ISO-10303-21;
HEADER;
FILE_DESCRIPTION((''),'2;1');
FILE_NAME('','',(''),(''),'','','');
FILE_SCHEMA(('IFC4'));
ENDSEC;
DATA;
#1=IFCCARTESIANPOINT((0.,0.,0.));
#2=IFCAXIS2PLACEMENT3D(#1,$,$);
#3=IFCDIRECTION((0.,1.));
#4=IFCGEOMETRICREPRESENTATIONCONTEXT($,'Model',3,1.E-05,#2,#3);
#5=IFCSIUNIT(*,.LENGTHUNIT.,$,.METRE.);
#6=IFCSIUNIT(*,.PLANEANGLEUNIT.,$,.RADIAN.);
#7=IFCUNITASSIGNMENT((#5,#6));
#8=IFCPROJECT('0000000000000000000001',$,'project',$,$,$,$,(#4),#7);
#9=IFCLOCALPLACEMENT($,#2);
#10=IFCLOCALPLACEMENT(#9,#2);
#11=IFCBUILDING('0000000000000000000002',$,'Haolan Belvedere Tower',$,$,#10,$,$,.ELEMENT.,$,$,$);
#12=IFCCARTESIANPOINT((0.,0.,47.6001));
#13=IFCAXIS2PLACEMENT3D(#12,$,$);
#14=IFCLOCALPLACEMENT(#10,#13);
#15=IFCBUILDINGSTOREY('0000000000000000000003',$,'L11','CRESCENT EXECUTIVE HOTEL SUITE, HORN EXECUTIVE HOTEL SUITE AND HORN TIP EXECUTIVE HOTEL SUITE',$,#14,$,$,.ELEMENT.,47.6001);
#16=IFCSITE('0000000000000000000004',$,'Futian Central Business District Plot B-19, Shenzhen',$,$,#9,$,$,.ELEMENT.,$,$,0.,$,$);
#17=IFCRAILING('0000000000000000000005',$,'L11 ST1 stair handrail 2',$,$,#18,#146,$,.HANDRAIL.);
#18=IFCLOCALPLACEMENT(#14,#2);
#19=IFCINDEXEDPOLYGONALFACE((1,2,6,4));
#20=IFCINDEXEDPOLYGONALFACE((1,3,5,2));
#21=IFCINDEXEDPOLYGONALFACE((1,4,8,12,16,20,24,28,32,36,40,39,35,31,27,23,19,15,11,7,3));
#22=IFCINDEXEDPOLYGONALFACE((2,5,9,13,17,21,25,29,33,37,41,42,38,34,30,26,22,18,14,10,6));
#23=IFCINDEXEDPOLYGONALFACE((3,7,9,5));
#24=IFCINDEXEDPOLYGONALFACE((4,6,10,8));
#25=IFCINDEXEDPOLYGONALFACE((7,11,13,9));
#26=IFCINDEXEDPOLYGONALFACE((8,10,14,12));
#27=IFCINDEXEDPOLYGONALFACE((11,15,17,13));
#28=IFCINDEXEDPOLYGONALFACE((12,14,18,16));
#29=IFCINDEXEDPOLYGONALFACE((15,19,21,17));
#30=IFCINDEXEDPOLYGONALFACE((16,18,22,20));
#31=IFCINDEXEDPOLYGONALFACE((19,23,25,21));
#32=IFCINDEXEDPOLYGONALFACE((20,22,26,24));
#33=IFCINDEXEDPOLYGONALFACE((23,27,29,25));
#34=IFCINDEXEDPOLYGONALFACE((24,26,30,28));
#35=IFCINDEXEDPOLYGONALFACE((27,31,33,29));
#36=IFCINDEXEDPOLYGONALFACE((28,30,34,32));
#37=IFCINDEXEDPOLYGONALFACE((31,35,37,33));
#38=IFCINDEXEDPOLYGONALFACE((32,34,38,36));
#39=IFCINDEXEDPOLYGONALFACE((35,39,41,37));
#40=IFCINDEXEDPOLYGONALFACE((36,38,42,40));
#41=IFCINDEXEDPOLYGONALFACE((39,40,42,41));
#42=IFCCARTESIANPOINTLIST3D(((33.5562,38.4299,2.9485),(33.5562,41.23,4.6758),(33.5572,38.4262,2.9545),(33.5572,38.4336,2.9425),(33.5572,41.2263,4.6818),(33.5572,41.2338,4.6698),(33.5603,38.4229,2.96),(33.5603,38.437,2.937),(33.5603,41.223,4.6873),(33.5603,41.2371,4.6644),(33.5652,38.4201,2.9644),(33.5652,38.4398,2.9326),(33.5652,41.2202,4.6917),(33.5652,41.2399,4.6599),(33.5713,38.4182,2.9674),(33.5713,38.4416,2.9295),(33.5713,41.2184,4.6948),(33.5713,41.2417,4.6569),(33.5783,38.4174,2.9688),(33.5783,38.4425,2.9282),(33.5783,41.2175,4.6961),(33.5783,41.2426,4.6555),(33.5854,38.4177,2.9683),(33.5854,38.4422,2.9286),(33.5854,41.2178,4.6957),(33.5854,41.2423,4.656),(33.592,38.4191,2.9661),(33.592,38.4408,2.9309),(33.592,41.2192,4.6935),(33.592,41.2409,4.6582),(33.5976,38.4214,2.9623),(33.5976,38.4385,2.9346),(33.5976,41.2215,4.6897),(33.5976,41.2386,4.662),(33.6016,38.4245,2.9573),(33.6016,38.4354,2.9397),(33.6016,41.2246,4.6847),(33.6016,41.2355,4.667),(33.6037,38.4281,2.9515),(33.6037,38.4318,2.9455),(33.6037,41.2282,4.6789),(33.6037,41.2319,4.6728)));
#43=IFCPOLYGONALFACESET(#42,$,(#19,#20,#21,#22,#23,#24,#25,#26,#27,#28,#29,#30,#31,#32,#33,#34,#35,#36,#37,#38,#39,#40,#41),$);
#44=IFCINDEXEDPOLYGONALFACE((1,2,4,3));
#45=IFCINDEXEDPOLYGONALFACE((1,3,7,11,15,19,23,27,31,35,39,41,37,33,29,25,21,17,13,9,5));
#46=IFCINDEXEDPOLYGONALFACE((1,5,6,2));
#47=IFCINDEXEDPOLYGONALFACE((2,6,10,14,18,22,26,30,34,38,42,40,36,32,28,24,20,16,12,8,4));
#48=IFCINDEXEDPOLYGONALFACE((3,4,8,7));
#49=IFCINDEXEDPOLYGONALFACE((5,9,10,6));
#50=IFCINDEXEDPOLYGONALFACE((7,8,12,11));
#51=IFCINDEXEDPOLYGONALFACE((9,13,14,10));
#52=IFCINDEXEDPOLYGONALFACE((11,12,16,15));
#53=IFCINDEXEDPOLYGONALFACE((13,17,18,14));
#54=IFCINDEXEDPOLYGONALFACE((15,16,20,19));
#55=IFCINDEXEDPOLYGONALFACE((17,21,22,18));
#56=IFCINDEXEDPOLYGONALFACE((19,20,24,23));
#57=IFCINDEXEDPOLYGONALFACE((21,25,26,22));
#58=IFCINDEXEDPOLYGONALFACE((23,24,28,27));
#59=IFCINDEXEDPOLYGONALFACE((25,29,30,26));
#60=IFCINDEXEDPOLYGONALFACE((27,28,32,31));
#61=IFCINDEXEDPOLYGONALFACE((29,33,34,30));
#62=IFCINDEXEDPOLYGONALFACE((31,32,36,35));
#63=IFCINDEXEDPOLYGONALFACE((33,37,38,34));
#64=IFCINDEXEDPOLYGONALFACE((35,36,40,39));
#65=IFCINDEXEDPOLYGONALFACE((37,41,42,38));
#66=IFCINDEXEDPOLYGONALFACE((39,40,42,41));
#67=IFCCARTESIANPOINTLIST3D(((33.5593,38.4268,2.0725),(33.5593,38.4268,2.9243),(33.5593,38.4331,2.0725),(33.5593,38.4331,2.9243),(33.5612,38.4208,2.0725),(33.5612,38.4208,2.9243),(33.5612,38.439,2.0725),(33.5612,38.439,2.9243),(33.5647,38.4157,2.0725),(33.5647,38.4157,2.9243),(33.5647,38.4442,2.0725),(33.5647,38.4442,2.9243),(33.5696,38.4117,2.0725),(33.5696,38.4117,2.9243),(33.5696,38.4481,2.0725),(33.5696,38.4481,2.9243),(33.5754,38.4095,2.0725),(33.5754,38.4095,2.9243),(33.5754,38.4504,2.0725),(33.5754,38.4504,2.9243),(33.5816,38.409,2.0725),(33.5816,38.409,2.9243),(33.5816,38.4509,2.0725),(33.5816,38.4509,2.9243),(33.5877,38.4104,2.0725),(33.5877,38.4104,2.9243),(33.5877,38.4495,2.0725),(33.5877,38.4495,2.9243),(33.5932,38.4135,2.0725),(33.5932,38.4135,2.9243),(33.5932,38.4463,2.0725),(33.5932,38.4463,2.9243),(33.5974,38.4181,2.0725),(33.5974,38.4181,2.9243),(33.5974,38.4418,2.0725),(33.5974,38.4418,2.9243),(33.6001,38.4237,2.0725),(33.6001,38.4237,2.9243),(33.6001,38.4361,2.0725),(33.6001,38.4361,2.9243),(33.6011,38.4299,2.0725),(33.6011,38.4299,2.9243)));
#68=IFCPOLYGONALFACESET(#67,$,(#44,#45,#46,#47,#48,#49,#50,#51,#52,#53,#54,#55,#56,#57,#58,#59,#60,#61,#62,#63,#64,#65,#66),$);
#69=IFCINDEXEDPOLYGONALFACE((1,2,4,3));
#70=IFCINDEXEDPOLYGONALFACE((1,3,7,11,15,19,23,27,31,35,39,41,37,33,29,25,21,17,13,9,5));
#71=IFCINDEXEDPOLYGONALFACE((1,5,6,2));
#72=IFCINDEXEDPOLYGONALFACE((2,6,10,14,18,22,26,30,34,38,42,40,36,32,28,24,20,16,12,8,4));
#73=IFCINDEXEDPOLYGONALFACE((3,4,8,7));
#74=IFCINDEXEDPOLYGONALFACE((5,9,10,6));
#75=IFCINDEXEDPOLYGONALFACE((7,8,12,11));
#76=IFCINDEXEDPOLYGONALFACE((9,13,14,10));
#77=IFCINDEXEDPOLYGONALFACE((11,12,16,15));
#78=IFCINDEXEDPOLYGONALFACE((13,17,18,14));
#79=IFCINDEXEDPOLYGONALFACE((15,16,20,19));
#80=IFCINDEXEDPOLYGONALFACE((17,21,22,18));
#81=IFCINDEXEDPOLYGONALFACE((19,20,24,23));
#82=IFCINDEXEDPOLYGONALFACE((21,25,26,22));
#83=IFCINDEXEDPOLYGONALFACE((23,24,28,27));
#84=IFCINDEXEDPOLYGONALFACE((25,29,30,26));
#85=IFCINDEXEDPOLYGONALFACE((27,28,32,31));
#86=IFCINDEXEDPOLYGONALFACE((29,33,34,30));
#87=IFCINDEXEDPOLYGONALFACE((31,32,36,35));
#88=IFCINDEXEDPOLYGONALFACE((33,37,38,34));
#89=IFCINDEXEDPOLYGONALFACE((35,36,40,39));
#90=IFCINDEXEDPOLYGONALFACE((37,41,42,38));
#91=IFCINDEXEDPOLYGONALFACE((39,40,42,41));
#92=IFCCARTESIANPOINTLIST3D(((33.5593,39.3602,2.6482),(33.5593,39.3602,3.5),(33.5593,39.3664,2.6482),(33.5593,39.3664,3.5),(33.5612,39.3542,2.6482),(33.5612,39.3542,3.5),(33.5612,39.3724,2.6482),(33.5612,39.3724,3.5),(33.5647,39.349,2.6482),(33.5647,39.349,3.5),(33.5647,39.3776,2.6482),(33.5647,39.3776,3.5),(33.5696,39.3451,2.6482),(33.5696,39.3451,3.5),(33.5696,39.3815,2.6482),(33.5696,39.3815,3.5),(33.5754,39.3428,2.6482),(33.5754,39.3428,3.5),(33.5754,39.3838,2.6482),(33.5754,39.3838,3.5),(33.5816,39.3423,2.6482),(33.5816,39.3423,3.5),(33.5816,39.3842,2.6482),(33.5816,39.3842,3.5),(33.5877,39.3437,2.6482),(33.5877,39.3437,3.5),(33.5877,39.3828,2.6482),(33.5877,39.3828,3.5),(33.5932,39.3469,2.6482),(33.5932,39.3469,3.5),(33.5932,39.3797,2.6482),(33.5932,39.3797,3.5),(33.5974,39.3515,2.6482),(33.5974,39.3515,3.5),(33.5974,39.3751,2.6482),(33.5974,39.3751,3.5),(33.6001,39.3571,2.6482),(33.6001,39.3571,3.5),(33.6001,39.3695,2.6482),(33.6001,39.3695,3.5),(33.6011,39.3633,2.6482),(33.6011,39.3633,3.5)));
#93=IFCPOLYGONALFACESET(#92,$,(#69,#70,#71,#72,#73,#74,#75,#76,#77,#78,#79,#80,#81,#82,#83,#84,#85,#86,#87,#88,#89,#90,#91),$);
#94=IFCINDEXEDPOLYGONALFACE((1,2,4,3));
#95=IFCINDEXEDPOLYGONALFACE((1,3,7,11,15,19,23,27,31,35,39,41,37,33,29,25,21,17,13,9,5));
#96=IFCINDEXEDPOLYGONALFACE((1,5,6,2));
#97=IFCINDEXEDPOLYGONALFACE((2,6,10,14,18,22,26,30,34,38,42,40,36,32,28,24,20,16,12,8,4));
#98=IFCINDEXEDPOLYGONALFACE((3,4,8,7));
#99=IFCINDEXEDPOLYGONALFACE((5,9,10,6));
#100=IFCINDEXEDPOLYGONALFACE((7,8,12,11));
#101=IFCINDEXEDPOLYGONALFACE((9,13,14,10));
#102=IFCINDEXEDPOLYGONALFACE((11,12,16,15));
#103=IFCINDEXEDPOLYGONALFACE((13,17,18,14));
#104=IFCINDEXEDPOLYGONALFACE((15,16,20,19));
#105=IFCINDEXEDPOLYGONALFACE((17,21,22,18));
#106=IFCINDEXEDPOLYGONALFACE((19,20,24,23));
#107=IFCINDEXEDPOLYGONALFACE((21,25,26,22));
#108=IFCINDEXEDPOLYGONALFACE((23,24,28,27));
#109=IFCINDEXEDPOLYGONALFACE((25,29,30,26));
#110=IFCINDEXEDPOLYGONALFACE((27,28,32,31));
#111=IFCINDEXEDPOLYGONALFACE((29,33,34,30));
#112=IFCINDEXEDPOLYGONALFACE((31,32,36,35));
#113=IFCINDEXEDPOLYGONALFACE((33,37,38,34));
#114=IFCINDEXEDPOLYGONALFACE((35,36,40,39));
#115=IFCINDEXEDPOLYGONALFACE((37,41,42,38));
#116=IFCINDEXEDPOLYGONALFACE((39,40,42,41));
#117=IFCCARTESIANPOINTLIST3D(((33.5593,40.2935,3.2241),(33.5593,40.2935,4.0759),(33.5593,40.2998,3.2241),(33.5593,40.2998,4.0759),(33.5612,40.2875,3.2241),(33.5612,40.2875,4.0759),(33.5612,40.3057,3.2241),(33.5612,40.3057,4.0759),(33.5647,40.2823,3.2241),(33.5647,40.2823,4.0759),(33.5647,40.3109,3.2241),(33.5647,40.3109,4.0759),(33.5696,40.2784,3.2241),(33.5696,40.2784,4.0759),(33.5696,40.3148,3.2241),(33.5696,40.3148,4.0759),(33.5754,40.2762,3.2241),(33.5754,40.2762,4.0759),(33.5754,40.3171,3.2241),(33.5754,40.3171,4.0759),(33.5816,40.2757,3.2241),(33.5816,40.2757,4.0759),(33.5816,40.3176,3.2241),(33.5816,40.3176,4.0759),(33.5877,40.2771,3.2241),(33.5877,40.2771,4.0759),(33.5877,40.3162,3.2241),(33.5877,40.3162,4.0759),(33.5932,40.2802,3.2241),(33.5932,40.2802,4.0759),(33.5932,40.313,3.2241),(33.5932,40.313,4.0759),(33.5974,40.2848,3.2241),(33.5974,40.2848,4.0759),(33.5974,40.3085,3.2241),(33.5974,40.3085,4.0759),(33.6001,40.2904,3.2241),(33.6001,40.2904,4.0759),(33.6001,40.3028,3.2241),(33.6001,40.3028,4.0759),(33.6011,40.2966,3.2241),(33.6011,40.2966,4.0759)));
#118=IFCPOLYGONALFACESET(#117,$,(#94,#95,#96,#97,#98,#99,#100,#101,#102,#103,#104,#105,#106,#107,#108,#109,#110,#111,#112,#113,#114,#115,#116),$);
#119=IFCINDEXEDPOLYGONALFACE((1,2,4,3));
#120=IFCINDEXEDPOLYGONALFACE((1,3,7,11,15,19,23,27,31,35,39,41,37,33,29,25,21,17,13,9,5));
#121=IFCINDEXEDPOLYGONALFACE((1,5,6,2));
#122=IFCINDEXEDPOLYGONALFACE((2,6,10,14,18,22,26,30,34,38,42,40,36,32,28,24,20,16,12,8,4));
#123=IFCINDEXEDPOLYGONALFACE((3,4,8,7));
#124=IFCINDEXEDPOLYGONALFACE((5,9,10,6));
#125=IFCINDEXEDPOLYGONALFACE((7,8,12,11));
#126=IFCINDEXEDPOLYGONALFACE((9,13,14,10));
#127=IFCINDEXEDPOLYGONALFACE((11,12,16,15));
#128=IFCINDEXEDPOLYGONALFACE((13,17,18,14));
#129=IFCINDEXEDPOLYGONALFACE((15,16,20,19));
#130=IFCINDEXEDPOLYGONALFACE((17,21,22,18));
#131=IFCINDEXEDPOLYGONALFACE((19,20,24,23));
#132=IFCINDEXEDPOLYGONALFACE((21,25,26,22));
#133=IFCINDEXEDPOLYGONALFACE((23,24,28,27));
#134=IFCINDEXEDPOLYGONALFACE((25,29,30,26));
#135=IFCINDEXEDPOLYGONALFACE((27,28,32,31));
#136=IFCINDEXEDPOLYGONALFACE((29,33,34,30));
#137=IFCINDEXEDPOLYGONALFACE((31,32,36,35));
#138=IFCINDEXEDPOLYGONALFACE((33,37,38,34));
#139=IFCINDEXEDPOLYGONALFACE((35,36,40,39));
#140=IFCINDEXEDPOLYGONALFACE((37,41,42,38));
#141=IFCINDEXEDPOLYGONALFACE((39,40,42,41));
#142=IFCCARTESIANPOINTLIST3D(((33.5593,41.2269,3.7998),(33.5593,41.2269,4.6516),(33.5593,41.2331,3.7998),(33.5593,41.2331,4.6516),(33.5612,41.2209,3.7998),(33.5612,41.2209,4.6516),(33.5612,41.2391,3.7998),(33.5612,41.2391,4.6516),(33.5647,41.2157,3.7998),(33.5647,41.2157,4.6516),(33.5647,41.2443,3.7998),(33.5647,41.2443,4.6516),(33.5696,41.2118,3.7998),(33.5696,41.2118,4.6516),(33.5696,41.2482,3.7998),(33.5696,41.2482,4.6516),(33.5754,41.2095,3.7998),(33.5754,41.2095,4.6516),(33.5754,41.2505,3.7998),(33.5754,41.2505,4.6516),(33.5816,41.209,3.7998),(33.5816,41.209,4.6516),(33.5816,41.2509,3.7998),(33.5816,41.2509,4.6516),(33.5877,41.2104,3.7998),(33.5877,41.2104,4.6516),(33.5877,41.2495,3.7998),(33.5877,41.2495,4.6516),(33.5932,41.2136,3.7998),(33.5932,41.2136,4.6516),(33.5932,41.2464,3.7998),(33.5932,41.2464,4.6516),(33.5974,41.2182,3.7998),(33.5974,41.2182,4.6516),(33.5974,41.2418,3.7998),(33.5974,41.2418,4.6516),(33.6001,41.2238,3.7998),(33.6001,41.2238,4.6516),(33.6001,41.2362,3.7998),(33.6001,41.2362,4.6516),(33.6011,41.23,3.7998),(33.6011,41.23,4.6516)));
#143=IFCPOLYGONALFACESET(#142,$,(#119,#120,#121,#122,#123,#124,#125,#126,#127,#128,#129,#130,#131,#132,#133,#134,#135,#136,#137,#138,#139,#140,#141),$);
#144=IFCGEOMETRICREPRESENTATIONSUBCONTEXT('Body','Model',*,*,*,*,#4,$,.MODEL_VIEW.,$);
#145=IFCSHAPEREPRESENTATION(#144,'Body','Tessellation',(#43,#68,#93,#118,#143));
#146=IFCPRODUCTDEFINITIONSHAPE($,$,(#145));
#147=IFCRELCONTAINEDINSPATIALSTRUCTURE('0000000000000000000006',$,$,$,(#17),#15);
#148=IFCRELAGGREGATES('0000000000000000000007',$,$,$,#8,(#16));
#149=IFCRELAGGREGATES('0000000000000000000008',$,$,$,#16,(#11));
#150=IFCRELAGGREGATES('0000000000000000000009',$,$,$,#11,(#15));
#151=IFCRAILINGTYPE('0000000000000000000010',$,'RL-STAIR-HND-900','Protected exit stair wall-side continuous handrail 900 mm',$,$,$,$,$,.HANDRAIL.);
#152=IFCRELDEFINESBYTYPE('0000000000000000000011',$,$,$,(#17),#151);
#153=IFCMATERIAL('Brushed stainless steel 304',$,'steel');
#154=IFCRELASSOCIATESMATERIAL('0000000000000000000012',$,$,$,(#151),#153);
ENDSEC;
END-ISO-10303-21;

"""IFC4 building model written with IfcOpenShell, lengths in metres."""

from ifc_helpers import new_model, si_unit, direction, frame, origin, origin_2d, place, context, subcontext, project, spatial, circle, extrude, material, type_object, element, save


model = new_model("IFC4")

# Units and contexts
model_context = context("Model", 3, precision=1e-05, world=origin(), true_north=direction((0.0, 1.0)))
body_context = subcontext(model_context, "Body", "Model", "MODEL_VIEW")
ifc_project = project(units=[si_unit("LENGTHUNIT", "METRE"), si_unit("PLANEANGLEUNIT", "RADIAN")], contexts=[model_context])

# Site, building, storey
site_placement = place(None, origin())
site = spatial("IfcSite", under=ifc_project, at=site_placement, Name="Futian Central Business District Plot B-19, Shenzhen", CompositionType="ELEMENT", RefElevation=0.0)
building_placement = place(site_placement, origin())
building = spatial("IfcBuilding", under=site, at=building_placement, Name="Haolan Belvedere Tower", CompositionType="ELEMENT")
storey_placement = place(building_placement, frame((0.0, 0.0, 47.6001)))
storey = spatial("IfcBuildingStorey", under=building, at=storey_placement, Name="L11", Description="CRESCENT EXECUTIVE HOTEL SUITE, HORN EXECUTIVE HOTEL SUITE AND HORN TIP EXECUTIVE HOTEL SUITE", CompositionType="ELEMENT", Elevation=47.6001)

# Railing
ifc_material_1 = material(Name="Brushed stainless steel 304", Category="steel")
railing_type_1 = type_object("IfcRailingType", Name="RL-STAIR-HND-900", Description="Protected exit stair wall-side continuous handrail 900 mm", PredefinedType="HANDRAIL", material=ifc_material_1)
railing_1_placement = place(storey_placement, frame((33.5801, 38.4299, 2.0725)))
element("IfcRailing", 1, at=railing_1_placement, inside=storey, type_object=railing_type_1, Name="L11 ST1 stair handrail 2", PredefinedType="HANDRAIL", context=body_context, shape_type="SweptSolid", body=[
    extrude(circle(Radius=0.0239, at=origin_2d()), frame((0.0, 0.0, 0.876), z_axis=(0.0, 0.85109, 0.52502), x_axis=(-1.0, 0.0, 0.0)), (0.0, 0.0, 1.0), 3.29),
    extrude(circle(Radius=0.021, at=origin_2d()), origin(), (0.0, 0.0, 1.0), 0.8518),
    extrude(circle(Radius=0.021, at=origin_2d()), frame((0.0, 0.9333, 0.5757)), (0.0, 0.0, 1.0), 0.8518),
    extrude(circle(Radius=0.021, at=origin_2d()), frame((0.0, 1.8667, 1.1516)), (0.0, 0.0, 1.0), 0.8518),
    extrude(circle(Radius=0.021, at=origin_2d()), frame((0.0, 2.8, 1.7273)), (0.0, 0.0, 1.0), 0.8518),
])

save(model, "model.ifc")
